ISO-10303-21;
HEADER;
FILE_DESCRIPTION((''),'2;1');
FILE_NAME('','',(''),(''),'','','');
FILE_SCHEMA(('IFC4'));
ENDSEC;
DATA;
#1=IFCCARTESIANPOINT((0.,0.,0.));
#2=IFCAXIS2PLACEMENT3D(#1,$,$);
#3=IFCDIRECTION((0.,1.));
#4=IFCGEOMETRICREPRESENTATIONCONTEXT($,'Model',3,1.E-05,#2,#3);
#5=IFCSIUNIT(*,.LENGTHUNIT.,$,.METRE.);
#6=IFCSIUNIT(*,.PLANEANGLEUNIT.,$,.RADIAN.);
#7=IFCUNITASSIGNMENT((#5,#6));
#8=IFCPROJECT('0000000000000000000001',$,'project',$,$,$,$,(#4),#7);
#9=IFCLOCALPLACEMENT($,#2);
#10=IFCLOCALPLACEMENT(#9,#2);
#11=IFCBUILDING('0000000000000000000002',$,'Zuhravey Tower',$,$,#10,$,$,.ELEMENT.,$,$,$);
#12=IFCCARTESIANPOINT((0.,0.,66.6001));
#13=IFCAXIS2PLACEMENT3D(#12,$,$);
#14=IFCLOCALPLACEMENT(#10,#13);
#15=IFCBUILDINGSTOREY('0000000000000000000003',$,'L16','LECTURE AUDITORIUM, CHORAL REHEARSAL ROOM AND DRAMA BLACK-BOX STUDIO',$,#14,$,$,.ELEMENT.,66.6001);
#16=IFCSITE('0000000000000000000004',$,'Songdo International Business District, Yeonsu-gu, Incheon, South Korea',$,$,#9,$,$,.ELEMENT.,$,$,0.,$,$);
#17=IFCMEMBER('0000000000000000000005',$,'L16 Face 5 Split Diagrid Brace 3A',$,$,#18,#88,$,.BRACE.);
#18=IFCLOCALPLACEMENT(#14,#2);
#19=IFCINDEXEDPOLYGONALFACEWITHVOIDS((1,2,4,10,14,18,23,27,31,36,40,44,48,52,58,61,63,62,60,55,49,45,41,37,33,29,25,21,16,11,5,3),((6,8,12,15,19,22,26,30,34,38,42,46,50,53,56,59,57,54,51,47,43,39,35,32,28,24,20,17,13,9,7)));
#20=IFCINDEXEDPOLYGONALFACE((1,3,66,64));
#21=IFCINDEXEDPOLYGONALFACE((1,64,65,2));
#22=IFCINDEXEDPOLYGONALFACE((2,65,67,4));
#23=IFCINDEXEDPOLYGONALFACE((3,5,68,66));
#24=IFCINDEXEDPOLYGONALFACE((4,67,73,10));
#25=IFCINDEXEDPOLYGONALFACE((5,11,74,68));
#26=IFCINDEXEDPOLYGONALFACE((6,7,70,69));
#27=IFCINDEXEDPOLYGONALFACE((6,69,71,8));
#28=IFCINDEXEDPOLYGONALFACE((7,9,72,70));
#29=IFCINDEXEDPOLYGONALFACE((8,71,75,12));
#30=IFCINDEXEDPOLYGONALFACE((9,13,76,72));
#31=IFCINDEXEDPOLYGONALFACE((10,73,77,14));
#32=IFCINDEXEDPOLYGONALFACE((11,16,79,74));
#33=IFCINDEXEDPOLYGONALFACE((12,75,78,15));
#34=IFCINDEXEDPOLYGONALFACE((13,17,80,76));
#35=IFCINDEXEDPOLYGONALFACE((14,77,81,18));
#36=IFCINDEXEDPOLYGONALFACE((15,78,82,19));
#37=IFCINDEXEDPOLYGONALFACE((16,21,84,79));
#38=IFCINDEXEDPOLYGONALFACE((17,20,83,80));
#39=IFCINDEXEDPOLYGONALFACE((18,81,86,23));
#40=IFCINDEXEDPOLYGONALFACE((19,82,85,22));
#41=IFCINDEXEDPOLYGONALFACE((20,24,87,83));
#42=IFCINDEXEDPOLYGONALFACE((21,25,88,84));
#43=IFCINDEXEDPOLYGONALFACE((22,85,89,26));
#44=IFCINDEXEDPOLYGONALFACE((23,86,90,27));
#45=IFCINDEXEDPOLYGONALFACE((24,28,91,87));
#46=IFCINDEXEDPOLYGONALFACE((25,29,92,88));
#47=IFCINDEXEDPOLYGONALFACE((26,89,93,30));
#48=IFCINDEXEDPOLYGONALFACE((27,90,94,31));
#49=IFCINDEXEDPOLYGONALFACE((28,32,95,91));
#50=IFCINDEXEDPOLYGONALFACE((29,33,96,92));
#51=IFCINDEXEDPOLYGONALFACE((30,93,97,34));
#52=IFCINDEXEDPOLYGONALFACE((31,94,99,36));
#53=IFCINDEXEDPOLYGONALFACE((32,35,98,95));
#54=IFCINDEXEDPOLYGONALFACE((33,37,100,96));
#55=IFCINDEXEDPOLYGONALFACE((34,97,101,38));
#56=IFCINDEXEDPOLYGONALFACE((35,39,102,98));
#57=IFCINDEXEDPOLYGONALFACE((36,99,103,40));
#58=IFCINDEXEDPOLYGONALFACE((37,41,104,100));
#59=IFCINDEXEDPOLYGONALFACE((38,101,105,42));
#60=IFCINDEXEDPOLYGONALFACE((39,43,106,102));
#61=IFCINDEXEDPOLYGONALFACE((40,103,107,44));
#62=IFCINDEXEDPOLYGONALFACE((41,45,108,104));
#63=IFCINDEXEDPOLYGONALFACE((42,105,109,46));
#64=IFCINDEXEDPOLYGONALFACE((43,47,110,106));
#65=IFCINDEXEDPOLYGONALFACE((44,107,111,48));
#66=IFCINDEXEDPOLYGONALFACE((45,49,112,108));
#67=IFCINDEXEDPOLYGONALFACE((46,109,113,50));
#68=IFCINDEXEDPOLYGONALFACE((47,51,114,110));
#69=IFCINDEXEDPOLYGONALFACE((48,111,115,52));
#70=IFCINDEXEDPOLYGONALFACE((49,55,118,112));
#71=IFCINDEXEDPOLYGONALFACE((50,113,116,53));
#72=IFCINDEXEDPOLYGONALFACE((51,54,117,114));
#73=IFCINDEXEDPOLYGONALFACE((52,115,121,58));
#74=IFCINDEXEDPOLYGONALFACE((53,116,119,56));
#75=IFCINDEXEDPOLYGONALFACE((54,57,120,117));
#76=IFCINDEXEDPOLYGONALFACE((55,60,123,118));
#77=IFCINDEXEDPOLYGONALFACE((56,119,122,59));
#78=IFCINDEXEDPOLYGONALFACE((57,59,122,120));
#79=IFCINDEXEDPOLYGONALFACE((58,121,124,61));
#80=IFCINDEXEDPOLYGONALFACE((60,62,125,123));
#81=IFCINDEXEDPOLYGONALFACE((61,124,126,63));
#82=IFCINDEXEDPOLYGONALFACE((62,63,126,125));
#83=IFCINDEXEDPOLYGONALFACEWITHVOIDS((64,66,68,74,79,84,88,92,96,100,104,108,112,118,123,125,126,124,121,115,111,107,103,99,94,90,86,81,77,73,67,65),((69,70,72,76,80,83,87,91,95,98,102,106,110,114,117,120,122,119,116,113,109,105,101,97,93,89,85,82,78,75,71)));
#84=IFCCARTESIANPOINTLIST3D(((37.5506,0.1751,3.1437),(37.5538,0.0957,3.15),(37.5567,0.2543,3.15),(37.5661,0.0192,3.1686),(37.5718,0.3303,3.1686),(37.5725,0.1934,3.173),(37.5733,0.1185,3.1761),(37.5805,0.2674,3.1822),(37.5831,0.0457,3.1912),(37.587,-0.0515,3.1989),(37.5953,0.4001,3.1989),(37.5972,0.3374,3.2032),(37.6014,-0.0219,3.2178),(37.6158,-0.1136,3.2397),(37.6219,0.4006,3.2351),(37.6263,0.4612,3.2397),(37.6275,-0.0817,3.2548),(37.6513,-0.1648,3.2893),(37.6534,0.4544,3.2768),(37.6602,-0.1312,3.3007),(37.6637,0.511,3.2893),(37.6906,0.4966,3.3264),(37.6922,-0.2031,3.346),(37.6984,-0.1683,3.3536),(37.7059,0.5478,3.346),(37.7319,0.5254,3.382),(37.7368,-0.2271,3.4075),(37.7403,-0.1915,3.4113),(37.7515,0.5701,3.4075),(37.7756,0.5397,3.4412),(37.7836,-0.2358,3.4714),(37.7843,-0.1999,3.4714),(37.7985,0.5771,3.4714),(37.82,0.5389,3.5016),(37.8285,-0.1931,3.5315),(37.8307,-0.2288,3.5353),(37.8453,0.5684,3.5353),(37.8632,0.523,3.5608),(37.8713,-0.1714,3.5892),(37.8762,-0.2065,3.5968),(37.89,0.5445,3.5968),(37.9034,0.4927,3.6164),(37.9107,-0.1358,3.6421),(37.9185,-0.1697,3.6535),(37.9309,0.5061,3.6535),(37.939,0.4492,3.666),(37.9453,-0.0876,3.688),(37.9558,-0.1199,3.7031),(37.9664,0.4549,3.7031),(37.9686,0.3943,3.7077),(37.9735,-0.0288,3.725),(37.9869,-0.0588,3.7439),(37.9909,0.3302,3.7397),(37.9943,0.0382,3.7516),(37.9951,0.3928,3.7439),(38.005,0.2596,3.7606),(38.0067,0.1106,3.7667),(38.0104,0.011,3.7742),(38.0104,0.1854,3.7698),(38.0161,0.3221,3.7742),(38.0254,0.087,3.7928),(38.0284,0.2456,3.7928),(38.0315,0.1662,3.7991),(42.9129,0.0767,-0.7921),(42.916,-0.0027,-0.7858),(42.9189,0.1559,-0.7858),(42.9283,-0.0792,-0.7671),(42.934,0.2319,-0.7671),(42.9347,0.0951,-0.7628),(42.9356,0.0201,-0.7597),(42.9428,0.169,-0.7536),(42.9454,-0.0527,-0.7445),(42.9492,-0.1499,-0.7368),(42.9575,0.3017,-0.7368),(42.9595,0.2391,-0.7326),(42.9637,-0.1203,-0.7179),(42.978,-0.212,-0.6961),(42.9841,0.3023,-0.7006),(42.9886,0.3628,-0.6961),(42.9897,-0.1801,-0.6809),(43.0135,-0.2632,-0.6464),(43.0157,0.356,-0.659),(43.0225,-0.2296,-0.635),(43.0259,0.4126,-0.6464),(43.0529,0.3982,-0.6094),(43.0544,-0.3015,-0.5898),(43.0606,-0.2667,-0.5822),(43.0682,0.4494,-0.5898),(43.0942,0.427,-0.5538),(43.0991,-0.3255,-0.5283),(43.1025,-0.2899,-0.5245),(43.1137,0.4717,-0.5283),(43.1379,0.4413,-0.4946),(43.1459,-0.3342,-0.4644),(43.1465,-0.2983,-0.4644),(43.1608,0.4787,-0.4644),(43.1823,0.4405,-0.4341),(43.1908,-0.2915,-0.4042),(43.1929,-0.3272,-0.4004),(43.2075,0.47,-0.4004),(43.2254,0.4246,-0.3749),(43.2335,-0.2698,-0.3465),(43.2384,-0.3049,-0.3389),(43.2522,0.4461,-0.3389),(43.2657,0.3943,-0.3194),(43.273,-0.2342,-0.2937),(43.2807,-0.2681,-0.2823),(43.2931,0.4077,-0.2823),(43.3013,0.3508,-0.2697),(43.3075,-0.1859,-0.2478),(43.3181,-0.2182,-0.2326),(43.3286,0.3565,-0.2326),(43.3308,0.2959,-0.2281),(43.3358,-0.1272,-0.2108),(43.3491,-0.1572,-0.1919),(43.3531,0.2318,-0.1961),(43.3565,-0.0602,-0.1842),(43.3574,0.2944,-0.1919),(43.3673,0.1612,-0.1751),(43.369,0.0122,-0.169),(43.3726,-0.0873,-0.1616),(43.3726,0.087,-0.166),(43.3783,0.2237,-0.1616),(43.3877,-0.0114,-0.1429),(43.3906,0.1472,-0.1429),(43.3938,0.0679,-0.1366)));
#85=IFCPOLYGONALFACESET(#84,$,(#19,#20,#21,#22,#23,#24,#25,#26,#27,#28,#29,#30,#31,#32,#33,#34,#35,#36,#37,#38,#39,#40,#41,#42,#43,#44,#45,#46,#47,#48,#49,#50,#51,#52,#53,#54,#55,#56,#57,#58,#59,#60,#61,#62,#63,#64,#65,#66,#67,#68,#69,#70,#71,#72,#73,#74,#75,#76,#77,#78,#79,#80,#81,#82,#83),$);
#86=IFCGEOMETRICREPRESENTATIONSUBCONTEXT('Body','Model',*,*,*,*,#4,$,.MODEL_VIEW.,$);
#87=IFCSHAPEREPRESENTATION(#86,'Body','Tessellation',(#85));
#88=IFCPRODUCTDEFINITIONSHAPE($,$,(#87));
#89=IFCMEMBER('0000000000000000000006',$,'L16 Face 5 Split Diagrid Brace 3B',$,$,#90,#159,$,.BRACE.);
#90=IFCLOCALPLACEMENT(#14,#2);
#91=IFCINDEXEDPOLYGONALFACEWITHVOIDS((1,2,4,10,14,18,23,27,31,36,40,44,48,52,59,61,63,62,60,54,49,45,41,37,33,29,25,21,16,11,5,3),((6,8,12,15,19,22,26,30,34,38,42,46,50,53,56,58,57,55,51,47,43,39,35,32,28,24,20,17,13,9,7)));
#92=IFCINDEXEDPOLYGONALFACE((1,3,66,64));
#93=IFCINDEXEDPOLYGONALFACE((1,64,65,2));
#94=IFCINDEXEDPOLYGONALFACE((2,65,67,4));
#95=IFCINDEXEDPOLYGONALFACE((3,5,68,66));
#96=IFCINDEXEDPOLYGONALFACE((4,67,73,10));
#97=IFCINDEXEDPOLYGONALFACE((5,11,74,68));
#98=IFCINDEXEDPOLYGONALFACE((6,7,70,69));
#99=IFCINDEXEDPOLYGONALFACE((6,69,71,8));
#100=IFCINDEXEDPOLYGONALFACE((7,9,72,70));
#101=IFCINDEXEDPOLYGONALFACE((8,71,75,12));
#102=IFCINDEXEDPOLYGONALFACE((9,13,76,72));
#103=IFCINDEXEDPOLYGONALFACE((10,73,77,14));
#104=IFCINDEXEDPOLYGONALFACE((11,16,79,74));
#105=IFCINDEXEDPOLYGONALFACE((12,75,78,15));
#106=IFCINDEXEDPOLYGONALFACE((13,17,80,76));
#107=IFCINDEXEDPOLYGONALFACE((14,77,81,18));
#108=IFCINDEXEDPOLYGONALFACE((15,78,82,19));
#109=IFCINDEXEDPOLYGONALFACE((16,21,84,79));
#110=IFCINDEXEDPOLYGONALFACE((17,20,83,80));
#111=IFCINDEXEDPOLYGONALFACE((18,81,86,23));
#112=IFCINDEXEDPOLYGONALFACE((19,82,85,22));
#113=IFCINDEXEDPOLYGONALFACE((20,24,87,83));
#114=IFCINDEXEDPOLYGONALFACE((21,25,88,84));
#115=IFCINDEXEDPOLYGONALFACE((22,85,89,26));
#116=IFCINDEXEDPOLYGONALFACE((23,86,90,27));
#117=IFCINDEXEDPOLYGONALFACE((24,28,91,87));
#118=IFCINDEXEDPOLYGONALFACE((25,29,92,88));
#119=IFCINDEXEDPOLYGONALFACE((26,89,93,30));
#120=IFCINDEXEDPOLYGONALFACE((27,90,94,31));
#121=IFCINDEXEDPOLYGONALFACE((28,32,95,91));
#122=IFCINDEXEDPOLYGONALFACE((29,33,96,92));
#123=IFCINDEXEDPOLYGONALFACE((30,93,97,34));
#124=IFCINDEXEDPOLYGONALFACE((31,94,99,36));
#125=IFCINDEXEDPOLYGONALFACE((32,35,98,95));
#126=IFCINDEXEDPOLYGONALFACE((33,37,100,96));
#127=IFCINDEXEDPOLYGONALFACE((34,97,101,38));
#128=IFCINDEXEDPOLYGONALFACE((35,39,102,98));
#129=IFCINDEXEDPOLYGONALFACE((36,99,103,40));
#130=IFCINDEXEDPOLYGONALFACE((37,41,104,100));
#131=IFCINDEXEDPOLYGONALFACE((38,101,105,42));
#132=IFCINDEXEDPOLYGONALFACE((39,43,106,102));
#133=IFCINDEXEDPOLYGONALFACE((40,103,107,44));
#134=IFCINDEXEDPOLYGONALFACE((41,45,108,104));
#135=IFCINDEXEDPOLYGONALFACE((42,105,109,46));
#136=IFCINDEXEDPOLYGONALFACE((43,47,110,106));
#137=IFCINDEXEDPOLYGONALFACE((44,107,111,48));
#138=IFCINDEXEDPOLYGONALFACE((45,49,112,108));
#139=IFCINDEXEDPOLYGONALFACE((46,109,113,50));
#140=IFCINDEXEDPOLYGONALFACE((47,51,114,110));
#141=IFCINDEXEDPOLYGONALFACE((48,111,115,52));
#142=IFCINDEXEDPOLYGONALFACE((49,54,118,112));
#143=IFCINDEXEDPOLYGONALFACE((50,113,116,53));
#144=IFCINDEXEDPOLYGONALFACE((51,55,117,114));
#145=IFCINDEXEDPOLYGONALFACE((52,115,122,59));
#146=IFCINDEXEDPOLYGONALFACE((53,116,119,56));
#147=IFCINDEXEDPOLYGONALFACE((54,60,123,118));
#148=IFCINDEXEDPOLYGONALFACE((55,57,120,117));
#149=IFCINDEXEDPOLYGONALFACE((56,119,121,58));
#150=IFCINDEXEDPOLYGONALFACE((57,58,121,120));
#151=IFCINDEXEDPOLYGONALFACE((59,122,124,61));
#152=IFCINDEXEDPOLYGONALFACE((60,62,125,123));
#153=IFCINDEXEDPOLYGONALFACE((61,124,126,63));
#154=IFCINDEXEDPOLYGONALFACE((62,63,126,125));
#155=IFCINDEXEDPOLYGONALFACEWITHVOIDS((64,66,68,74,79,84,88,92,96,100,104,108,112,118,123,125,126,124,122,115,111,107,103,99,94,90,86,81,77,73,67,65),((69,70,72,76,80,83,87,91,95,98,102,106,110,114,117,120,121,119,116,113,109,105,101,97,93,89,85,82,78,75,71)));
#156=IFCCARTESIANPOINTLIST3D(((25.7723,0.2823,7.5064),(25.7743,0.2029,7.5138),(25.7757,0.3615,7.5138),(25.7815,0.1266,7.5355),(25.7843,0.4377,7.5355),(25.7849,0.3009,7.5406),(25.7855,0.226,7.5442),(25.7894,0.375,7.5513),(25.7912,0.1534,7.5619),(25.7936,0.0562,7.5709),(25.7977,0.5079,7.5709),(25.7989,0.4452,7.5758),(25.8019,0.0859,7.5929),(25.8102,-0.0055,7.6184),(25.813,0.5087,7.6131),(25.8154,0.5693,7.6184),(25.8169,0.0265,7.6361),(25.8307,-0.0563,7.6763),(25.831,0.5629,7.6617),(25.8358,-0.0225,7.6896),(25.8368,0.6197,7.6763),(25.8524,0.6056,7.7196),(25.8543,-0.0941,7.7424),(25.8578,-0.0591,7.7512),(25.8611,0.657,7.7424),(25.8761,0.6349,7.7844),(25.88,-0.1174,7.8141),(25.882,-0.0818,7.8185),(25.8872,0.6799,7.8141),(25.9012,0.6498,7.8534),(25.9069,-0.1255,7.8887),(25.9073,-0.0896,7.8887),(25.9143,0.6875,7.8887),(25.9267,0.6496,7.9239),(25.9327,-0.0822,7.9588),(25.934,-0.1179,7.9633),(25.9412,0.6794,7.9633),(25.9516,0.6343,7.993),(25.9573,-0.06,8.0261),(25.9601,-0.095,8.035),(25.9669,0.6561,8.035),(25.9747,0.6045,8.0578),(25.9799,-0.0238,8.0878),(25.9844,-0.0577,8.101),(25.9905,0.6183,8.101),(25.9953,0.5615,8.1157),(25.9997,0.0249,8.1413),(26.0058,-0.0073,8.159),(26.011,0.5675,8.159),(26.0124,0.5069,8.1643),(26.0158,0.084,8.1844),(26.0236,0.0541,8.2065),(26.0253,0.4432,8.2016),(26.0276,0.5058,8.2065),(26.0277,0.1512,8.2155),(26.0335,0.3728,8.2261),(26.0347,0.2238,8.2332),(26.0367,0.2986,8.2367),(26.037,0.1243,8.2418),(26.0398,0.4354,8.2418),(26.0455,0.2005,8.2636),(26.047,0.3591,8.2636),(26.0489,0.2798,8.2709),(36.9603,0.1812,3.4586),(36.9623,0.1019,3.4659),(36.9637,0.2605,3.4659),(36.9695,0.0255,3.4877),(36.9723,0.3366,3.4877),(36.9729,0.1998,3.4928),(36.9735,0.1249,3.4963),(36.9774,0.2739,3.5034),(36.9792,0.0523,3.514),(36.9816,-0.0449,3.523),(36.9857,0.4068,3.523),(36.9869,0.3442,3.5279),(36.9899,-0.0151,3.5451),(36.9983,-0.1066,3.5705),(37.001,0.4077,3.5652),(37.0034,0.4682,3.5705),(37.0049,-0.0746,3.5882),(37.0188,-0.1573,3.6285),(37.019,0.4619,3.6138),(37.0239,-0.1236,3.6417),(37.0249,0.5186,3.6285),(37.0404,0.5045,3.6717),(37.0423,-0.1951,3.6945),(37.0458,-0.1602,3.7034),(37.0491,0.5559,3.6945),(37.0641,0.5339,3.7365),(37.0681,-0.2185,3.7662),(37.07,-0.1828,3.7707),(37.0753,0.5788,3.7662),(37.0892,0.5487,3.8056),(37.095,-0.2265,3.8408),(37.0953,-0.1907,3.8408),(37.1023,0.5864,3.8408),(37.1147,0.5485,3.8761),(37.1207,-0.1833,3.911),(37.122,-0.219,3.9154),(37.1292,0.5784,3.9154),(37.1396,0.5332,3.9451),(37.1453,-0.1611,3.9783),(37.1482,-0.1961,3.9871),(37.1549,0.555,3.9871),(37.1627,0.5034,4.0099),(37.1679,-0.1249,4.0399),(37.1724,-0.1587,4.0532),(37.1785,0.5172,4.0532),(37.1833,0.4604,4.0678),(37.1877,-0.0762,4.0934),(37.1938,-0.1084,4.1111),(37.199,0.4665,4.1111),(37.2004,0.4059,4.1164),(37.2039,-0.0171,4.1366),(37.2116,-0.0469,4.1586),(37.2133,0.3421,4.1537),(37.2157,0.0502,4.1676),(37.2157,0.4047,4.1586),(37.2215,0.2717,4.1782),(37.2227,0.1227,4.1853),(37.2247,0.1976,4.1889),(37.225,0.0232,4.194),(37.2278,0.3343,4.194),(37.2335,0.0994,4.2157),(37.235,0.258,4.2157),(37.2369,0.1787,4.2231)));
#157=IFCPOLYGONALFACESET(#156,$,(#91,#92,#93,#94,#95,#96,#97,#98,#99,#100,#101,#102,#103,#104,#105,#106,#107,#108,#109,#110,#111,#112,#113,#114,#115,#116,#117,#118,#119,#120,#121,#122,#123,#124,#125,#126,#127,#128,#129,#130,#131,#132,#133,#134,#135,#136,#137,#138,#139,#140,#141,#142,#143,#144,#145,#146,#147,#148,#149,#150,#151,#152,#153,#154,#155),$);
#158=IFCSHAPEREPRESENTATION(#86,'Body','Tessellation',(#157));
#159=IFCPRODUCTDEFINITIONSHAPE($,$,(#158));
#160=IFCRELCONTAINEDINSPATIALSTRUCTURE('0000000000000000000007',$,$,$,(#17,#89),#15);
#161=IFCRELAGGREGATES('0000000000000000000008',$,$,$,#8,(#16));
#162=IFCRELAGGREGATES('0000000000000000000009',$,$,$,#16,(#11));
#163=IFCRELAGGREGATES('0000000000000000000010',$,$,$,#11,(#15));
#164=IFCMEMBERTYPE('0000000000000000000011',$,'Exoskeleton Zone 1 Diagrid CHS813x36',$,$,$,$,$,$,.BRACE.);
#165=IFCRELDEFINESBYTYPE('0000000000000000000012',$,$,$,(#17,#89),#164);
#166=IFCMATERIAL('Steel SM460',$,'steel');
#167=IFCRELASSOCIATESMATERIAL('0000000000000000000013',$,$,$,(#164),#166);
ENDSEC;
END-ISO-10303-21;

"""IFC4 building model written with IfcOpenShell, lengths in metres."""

from ifc_helpers import new_model, si_unit, direction, frame, origin, origin_2d, place, context, subcontext, project, spatial, hollow_circle, extrude, material, material_profile, profile_set, type_object, element, save


model = new_model("IFC4")

# Units and contexts
model_context = context("Model", 3, precision=1e-05, world=origin(), true_north=direction((0.0, 1.0)))
body_context = subcontext(model_context, "Body", "Model", "MODEL_VIEW")
ifc_project = project(units=[si_unit("LENGTHUNIT", "METRE"), si_unit("PLANEANGLEUNIT", "RADIAN")], contexts=[model_context])

# Site, building, storey
site_placement = place(None, origin())
site = spatial("IfcSite", under=ifc_project, at=site_placement, Name="Songdo International Business District, Yeonsu-gu, Incheon, South Korea", CompositionType="ELEMENT", RefElevation=0.0)
building_placement = place(site_placement, origin())
building = spatial("IfcBuilding", under=site, at=building_placement, Name="Zuhravey Tower", CompositionType="ELEMENT")
storey_placement = place(building_placement, frame((0.0, 0.0, 66.6001)))
storey = spatial("IfcBuildingStorey", under=building, at=storey_placement, Name="L16", Description="LECTURE AUDITORIUM, CHORAL REHEARSAL ROOM AND DRAMA BLACK-BOX STUDIO", CompositionType="ELEMENT", Elevation=66.6001)

# Members
ifc_material_1 = material(Name="Steel SM460", Category="steel")
ifc_material_profile_1 = material_profile(ifc_material_1, hollow_circle(Radius=0.4065, WallThickness=0.0359, at=origin_2d()), Name="CHS-812.8x36")
ifc_profile_set_1 = profile_set([ifc_material_profile_1], Name="Steel SM460")
member_type_1 = type_object("IfcMemberType", Name="Exoskeleton Zone 1 Diagrid CHS813x36", PredefinedType="BRACE", material=ifc_profile_set_1)
member_1_placement = place(storey_placement, frame((43.1533, 0.0723, -0.4644), z_axis=(-0.806071, 0.01479, 0.591635), x_axis=(-0.018345, -0.999832, 0.0)))
element("IfcMember", 1, at=member_1_placement, inside=storey, type_object=member_type_1, Name="L16 Face 5 Split Diagrid Brace 3A", PredefinedType="BRACE", context=body_context, shape_type="SweptSolid", body=[
    extrude(hollow_circle(Radius=0.4065, WallThickness=0.0359, at=origin_2d()), origin(), (0.0, 0.0, 1.0), 6.6523),
])
member_2_placement = place(storey_placement, frame((37.0986, 0.1799, 3.8408), z_axis=(-0.940312, 0.008495, 0.340208), x_axis=(-0.009034, -0.999959, 0.0)))
element("IfcMember", 2, at=member_2_placement, inside=storey, type_object=member_type_1, Name="L16 Face 5 Split Diagrid Brace 3B", PredefinedType="BRACE", context=body_context, shape_type="SweptSolid", body=[
    extrude(hollow_circle(Radius=0.4065, WallThickness=0.0359, at=origin_2d()), origin(), (0.0, 0.0, 1.0), 11.8982),
])

save(model, "model.ifc")
